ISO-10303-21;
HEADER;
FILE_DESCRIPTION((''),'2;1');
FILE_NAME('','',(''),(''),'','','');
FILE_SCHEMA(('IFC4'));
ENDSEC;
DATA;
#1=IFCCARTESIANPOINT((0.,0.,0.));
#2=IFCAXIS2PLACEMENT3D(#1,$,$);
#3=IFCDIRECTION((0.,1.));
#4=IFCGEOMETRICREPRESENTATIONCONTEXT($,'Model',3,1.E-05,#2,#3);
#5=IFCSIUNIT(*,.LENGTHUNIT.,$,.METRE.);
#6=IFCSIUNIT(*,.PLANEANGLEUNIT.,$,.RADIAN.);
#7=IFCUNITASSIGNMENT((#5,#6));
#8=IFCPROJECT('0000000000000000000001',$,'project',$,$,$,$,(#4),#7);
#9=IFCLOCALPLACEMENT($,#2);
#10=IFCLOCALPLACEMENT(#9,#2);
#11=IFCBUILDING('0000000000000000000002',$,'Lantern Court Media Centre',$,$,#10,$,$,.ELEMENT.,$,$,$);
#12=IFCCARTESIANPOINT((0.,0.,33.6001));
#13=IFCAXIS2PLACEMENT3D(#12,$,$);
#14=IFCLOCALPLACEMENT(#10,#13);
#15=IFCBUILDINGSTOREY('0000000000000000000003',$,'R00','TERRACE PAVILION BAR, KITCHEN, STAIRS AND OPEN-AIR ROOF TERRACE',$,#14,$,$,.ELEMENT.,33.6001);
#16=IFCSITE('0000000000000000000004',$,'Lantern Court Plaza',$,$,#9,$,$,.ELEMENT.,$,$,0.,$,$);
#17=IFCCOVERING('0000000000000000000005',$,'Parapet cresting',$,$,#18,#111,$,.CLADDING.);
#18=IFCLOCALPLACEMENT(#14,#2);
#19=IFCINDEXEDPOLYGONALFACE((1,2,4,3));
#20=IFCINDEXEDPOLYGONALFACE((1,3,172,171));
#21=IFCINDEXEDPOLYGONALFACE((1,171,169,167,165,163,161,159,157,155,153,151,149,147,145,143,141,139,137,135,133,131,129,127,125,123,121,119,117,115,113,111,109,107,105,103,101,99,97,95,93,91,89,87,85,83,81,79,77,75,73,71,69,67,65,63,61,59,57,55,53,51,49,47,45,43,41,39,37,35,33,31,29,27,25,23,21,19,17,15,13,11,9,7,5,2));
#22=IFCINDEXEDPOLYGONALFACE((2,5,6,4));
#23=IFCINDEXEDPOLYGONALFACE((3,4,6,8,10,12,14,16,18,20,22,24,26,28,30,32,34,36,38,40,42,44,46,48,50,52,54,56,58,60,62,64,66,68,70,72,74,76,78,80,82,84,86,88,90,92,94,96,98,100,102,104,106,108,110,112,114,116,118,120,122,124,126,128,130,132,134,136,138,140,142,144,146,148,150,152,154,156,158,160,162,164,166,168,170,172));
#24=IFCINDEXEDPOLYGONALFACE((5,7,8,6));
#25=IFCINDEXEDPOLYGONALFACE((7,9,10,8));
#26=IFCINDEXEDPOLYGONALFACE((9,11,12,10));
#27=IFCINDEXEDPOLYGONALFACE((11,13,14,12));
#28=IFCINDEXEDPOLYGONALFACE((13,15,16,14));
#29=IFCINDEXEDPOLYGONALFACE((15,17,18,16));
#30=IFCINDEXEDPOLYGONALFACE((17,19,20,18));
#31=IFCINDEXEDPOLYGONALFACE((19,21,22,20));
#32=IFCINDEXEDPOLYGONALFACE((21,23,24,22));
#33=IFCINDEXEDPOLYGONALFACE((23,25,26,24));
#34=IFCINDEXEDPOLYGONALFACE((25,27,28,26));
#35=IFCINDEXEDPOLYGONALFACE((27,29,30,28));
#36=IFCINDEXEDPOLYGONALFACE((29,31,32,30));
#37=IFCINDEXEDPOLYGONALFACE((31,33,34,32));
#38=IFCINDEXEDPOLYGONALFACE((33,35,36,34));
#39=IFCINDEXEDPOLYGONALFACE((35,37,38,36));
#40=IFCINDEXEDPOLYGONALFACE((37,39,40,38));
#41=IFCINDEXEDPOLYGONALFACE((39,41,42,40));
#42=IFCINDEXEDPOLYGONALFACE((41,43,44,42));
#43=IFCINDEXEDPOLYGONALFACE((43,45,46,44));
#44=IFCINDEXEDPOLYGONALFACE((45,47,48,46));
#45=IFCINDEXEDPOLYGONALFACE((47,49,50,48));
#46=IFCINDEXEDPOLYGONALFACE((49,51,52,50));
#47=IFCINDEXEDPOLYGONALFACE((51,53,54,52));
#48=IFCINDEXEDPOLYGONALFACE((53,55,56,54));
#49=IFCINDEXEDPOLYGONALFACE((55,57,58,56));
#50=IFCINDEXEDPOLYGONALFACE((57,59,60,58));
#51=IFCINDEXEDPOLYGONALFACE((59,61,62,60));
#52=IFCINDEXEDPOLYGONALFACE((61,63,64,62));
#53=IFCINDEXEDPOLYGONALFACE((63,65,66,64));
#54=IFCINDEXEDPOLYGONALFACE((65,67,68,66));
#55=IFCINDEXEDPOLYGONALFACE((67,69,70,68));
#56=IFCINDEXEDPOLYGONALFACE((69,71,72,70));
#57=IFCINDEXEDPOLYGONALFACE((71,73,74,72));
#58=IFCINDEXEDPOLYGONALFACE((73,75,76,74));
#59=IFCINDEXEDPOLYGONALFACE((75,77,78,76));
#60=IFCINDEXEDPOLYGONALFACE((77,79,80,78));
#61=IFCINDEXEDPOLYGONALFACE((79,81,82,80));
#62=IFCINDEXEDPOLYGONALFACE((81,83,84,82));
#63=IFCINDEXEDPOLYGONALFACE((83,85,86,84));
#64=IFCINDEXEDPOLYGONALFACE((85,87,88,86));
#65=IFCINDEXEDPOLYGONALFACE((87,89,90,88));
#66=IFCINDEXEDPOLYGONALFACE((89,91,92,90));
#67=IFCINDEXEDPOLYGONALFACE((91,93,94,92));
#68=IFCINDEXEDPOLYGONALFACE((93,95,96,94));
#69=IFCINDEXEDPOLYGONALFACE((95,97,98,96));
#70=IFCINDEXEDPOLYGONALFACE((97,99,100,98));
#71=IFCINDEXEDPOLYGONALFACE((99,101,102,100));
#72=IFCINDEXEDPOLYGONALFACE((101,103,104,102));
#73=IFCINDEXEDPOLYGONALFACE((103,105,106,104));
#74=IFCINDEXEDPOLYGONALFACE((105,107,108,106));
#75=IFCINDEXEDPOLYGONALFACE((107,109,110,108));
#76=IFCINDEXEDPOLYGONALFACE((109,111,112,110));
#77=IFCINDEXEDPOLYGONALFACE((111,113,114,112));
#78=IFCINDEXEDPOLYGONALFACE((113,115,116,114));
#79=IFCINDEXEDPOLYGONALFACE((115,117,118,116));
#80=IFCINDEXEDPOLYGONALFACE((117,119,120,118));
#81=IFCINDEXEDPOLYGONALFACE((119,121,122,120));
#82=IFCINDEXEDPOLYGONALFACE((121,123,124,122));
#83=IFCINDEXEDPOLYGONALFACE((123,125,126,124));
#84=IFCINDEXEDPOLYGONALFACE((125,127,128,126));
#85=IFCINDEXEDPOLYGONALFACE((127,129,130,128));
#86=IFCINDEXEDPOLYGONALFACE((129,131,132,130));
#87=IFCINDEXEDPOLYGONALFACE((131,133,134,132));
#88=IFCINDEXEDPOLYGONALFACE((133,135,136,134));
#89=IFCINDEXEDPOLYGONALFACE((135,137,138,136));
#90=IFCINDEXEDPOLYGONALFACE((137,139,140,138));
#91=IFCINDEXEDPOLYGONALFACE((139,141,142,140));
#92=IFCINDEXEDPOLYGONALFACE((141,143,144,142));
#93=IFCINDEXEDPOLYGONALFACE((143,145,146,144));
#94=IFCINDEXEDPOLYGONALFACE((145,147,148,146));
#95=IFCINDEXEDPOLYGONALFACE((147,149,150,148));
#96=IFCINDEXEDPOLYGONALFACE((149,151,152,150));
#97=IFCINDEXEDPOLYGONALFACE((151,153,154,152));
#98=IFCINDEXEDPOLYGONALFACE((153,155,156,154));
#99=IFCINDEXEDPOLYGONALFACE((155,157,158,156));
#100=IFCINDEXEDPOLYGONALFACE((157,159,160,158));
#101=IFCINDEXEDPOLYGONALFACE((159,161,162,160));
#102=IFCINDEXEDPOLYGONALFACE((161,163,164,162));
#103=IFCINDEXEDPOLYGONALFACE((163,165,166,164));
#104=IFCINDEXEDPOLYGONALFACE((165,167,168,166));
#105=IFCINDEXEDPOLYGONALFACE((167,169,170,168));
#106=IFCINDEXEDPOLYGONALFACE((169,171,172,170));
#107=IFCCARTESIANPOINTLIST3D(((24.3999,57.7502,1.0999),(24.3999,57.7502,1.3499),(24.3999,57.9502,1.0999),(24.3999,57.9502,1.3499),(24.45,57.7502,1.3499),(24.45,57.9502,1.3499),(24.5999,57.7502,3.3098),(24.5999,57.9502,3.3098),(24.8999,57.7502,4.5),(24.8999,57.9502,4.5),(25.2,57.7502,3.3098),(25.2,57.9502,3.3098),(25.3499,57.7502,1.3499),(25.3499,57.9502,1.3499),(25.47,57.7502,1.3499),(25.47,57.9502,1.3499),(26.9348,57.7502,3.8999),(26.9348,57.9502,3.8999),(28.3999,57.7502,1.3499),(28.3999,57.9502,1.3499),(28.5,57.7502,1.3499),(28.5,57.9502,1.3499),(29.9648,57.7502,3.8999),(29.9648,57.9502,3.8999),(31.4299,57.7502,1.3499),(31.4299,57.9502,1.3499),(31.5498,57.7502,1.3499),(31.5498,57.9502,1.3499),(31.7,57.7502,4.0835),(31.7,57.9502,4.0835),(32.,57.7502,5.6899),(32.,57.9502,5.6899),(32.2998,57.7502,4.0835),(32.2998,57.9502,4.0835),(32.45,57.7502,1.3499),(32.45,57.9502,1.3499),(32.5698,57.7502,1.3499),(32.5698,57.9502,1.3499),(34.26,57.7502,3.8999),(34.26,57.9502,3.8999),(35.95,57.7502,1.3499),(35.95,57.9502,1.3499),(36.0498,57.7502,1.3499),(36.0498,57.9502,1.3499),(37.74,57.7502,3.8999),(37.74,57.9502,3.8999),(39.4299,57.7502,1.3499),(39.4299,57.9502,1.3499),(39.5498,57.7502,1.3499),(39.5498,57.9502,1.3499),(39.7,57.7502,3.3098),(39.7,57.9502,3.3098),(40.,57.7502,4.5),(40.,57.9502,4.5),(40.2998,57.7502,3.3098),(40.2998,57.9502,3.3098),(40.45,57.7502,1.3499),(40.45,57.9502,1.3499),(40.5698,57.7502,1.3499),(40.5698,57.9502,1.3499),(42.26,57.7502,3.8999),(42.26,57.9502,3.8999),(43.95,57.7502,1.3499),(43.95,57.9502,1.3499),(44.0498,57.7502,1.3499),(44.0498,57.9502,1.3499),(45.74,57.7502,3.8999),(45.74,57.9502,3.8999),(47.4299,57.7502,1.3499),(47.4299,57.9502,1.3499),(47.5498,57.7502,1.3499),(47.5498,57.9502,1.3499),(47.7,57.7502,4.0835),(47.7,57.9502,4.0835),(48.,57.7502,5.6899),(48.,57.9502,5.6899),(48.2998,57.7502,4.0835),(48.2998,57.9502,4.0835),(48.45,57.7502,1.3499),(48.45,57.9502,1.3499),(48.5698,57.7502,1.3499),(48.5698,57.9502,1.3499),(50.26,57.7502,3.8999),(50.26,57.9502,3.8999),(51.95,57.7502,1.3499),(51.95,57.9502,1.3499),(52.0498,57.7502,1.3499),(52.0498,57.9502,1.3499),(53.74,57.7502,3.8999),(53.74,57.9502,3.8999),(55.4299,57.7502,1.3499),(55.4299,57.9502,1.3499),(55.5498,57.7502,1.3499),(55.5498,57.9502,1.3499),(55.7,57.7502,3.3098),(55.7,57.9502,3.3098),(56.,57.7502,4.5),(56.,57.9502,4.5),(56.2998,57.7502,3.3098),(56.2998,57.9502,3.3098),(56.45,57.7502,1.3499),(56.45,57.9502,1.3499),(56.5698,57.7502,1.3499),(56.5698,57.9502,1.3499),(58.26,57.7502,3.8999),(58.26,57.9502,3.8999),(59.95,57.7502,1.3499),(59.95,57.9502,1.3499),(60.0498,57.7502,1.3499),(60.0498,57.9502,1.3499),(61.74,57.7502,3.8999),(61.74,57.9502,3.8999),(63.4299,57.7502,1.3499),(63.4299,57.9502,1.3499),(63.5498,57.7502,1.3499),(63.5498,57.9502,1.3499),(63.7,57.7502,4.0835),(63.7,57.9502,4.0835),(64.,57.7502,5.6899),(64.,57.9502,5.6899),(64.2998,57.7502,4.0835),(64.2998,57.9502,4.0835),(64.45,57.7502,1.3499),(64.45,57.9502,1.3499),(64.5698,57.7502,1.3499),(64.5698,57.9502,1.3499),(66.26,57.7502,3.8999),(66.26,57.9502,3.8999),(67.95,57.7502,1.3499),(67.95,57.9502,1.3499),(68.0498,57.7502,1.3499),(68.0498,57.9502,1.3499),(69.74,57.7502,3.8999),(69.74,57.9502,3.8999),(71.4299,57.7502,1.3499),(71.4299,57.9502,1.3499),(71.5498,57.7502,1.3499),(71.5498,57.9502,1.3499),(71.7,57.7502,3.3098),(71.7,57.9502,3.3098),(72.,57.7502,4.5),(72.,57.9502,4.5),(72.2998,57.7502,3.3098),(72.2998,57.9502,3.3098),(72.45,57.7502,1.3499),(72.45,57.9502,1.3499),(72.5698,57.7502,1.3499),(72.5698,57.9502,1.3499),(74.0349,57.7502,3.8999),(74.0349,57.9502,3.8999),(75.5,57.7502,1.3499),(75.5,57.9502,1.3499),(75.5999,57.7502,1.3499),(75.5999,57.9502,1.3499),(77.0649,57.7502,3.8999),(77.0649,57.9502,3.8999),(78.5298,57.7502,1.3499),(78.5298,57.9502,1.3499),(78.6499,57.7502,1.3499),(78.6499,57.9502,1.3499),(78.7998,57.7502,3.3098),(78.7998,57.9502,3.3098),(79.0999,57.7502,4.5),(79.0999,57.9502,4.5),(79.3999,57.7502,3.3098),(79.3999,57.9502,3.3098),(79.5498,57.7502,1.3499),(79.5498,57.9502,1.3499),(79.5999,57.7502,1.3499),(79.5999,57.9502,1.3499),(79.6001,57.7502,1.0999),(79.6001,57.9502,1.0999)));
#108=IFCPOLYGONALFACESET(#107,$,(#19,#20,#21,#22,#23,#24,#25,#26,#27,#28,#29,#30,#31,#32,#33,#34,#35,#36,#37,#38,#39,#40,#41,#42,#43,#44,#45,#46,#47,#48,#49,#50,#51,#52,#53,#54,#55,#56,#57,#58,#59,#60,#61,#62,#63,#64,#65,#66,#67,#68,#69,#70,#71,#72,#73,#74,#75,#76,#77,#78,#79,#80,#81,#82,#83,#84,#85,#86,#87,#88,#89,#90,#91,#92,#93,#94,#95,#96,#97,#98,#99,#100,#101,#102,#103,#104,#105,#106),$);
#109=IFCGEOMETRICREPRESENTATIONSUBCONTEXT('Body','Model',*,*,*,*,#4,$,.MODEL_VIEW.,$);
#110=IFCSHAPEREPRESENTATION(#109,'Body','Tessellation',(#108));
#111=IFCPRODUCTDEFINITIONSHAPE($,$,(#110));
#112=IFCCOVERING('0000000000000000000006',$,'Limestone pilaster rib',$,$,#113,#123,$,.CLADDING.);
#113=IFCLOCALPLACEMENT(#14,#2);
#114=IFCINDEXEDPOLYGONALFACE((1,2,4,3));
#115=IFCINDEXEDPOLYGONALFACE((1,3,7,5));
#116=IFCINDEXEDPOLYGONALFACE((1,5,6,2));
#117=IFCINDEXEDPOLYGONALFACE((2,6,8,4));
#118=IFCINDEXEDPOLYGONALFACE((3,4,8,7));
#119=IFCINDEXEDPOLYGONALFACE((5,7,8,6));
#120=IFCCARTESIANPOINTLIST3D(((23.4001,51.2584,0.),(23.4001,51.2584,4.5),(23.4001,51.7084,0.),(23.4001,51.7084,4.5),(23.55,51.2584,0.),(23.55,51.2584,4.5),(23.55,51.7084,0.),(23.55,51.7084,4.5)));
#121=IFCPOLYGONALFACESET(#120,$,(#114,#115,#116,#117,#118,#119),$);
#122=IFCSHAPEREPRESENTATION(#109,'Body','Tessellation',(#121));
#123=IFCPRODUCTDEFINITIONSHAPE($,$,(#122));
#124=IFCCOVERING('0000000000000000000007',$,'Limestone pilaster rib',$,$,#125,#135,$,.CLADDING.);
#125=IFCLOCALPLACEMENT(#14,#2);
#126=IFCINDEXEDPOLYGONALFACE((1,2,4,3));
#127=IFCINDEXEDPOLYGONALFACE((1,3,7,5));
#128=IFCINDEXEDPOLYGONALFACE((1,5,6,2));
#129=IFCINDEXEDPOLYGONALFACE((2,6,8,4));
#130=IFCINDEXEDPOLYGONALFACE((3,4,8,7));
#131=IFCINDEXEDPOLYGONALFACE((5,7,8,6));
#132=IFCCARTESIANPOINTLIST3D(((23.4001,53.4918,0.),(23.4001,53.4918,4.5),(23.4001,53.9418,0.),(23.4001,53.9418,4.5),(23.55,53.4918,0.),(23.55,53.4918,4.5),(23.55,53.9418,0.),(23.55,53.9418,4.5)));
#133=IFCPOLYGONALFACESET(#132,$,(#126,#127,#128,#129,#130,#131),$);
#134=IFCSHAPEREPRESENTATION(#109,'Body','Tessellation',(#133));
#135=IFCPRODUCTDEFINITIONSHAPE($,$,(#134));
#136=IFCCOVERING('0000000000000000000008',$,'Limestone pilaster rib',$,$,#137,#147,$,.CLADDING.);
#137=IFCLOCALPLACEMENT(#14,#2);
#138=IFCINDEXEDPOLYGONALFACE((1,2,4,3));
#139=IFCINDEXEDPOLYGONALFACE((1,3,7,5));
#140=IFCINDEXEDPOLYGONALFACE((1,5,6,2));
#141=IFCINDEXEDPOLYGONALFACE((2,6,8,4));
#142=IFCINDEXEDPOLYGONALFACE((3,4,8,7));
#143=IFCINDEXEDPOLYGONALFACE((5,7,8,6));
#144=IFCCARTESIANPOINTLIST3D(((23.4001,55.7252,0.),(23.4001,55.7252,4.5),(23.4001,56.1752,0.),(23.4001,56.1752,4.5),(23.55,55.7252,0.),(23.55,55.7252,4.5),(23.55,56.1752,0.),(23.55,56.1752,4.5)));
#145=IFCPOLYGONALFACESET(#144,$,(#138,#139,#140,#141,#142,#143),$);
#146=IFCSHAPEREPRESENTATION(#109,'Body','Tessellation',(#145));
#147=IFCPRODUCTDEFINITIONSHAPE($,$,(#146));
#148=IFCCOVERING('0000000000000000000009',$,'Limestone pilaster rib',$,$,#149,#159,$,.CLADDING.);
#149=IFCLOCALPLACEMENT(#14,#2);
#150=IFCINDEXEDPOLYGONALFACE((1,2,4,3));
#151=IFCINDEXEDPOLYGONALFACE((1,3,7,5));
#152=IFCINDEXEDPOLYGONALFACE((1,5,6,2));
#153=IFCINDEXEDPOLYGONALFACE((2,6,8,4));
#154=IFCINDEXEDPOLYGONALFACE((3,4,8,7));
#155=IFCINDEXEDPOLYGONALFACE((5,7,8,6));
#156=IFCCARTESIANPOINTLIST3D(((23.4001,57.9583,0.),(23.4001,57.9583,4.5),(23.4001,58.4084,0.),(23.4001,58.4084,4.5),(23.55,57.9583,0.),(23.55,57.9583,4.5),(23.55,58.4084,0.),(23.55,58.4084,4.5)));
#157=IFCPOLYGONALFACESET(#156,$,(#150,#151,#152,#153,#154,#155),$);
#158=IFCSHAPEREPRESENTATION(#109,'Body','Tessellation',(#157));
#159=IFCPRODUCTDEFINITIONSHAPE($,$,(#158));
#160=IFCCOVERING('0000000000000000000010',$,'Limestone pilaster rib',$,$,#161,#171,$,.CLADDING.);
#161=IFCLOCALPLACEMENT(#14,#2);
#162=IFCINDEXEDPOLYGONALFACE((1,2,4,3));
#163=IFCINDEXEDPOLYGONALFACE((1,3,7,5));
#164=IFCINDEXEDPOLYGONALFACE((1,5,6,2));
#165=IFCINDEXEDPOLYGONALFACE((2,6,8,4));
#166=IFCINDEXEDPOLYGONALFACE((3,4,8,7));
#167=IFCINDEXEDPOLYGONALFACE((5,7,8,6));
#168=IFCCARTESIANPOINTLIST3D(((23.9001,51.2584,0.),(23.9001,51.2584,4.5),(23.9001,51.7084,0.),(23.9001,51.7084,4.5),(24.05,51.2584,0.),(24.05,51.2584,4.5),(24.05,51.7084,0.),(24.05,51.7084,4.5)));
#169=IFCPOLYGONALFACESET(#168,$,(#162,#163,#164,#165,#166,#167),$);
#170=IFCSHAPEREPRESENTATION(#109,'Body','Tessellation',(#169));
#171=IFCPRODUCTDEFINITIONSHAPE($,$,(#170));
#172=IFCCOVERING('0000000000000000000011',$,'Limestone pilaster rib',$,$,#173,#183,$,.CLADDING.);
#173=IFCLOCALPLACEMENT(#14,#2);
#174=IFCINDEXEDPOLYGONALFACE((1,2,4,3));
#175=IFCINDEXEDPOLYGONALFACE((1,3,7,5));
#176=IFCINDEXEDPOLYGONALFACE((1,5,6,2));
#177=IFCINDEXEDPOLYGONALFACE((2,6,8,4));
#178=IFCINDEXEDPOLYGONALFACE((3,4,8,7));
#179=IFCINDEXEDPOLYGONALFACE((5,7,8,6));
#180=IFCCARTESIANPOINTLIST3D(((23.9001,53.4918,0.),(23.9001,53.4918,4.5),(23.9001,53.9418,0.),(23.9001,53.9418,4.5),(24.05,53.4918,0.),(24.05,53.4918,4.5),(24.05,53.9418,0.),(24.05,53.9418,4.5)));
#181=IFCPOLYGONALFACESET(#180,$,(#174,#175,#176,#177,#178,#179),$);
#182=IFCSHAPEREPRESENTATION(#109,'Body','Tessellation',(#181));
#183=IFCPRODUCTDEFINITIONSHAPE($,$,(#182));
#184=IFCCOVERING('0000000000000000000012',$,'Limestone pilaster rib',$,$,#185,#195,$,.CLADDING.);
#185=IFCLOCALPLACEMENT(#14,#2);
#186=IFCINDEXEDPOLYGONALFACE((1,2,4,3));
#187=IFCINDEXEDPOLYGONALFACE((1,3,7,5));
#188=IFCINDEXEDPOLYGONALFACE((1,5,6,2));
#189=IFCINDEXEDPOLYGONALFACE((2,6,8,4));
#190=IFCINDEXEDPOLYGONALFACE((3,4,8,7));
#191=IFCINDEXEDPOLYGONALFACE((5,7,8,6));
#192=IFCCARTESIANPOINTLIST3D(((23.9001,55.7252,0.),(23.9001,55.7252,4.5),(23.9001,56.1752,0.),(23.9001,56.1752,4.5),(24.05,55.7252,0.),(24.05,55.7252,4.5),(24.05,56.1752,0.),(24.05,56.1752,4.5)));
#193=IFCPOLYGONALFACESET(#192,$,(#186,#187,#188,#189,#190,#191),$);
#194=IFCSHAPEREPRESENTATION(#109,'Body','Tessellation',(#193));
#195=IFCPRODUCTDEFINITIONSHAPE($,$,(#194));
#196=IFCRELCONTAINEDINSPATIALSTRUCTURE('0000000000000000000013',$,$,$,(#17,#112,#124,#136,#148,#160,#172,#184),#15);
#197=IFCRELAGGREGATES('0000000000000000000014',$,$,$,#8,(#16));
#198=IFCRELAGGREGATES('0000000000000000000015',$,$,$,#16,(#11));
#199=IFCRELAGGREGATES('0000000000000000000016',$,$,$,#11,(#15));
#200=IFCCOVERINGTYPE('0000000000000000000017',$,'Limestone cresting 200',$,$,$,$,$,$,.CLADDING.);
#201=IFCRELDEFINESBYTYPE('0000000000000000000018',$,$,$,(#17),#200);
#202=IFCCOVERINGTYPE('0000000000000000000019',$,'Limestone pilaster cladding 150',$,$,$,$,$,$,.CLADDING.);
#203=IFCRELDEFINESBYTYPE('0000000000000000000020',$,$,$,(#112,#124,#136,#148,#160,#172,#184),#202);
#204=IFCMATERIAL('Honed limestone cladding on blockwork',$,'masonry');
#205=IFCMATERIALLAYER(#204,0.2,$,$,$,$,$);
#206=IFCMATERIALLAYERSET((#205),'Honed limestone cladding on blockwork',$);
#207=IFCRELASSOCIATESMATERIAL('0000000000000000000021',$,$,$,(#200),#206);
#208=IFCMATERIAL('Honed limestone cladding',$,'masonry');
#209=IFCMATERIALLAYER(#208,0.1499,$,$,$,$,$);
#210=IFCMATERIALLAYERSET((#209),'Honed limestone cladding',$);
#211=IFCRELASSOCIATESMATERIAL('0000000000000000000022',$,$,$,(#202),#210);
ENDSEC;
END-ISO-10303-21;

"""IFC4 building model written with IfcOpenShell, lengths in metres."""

from ifc_helpers import new_model, si_unit, direction, frame, frame_2d, origin, place, context, subcontext, project, spatial, polyline, rectangle, outline, extrude, material, layer, layer_set, type_object, element, save


model = new_model("IFC4")

# Units and contexts
model_context = context("Model", 3, precision=1e-05, world=origin(), true_north=direction((0.0, 1.0)))
body_context = subcontext(model_context, "Body", "Model", "MODEL_VIEW")
ifc_project = project(units=[si_unit("LENGTHUNIT", "METRE"), si_unit("PLANEANGLEUNIT", "RADIAN")], contexts=[model_context])

# Site, building, storey
site_placement = place(None, origin())
site = spatial("IfcSite", under=ifc_project, at=site_placement, Name="Lantern Court Plaza", CompositionType="ELEMENT", RefElevation=0.0)
building_placement = place(site_placement, origin())
building = spatial("IfcBuilding", under=site, at=building_placement, Name="Lantern Court Media Centre", CompositionType="ELEMENT")
storey_placement = place(building_placement, frame((0.0, 0.0, 33.6001)))
storey = spatial("IfcBuildingStorey", under=building, at=storey_placement, Name="R00", Description="TERRACE PAVILION BAR, KITCHEN, STAIRS AND OPEN-AIR ROOF TERRACE", CompositionType="ELEMENT", Elevation=33.6001)

# Coverings
ifc_material_1 = material(Name="Honed limestone cladding on blockwork", Category="masonry")
ifc_layer_1 = layer(ifc_material_1, 0.2)
ifc_layer_set_1 = layer_set([ifc_layer_1], Name="Honed limestone cladding on blockwork")
covering_type_1 = type_object("IfcCoveringType", Name="Limestone cresting 200", PredefinedType="CLADDING", material=ifc_layer_set_1)
covering_1_placement = place(storey_placement, frame((24.3999, 57.8501, 1.0999), z_axis=(0.0, 0.0, 1.0), x_axis=(1.0, 0.0, 0.0)))
element("IfcCovering", 1, at=covering_1_placement, inside=storey, type_object=covering_type_1, Name="Parapet cresting", PredefinedType="CLADDING", context=body_context, shape_type="SweptSolid", body=[
    extrude(outline(polyline([(0.0, 0.0), (55.2002, 0.0), (55.2, 0.25), (55.1499, 0.25), (55.0, 2.21), (54.7, 3.4001), (54.3999, 2.21), (54.25, 0.25), (54.1299, 0.25), (52.665, 2.8), (51.2, 0.25), (51.1001, 0.25), (49.635, 2.8), (48.1699, 0.25), (48.05, 0.25), (47.8999, 2.21), (47.6001, 3.4001), (47.3, 2.21), (47.1499, 0.25), (47.03, 0.25), (45.3401, 2.8), (43.6499, 0.25), (43.55, 0.25), (41.8601, 2.8), (40.1699, 0.25), (40.05, 0.25), (39.8999, 2.9836), (39.6001, 4.5901), (39.3, 2.9836), (39.1499, 0.25), (39.03, 0.25), (37.3401, 2.8), (35.6499, 0.25), (35.55, 0.25), (33.8601, 2.8), (32.1699, 0.25), (32.05, 0.25), (31.8999, 2.21), (31.6001, 3.4001), (31.3, 2.21), (31.1499, 0.25), (31.03, 0.25), (29.3401, 2.8), (27.6499, 0.25), (27.55, 0.25), (25.8601, 2.8), (24.1699, 0.25), (24.05, 0.25), (23.8999, 2.9836), (23.6001, 4.5901), (23.3, 2.9836), (23.1499, 0.25), (23.03, 0.25), (21.3401, 2.8), (19.6499, 0.25), (19.55, 0.25), (17.8601, 2.8), (16.1699, 0.25), (16.05, 0.25), (15.8999, 2.21), (15.6001, 3.4001), (15.3, 2.21), (15.1499, 0.25), (15.03, 0.25), (13.3401, 2.8), (11.6499, 0.25), (11.55, 0.25), (9.8601, 2.8), (8.1699, 0.25), (8.05, 0.25), (7.8999, 2.9836), (7.6001, 4.5901), (7.3, 2.9836), (7.1499, 0.25), (7.03, 0.25), (5.5649, 2.8), (4.1001, 0.25), (4.0, 0.25), (2.5349, 2.8), (1.0701, 0.25), (0.95, 0.25), (0.8, 2.21), (0.5, 3.4001), (0.2, 2.21), (0.05, 0.25), (0.0, 0.25), (0.0, 0.0)])), frame((0.0, 0.1001, 0.0), z_axis=(0.0, -1.0, 0.0), x_axis=(1.0, 0.0, 0.0)), (0.0, 0.0, 1.0), 0.2),
])
ifc_material_2 = material(Name="Honed limestone cladding", Category="masonry")
ifc_layer_2 = layer(ifc_material_2, 0.1499)
ifc_layer_set_2 = layer_set([ifc_layer_2], Name="Honed limestone cladding")
covering_type_2 = type_object("IfcCoveringType", Name="Limestone pilaster cladding 150", PredefinedType="CLADDING", material=ifc_layer_set_2)
for number, where, z_axis, x_axis, name in (
    (2, (23.4751, 51.2583, 0.0), (0.0, 0.0, 1.0), (0.0, 1.0, 0.0), "Limestone pilaster rib"),
    (3, (23.4751, 53.4917, 0.0), (0.0, 0.0, 1.0), (0.0, 1.0, 0.0), "Limestone pilaster rib"),
    (4, (23.4751, 55.7251, 0.0), (0.0, 0.0, 1.0), (0.0, 1.0, 0.0), "Limestone pilaster rib"),
):
    element("IfcCovering", number, at=place(storey_placement, frame(where, z_axis=z_axis, x_axis=x_axis)), inside=storey, type_object=covering_type_2, Name=name, PredefinedType="CLADDING", context=body_context, shape_type="SweptSolid", body=[
        extrude(rectangle(XDim=0.45, YDim=0.1499, at=frame_2d((0.2251, 0.0))), origin(), (0.0, 0.0, 1.0), 4.5),
    ])
covering_2_placement = place(storey_placement, frame((23.4751, 57.9583, 0.0), z_axis=(0.0, 0.0, 1.0), x_axis=(0.0, 1.0, 0.0)))
element("IfcCovering", 5, at=covering_2_placement, inside=storey, type_object=covering_type_2, Name="Limestone pilaster rib", PredefinedType="CLADDING", context=body_context, shape_type="SweptSolid", body=[
    extrude(rectangle(XDim=0.4502, YDim=0.1499, at=frame_2d((0.2251, 0.0))), origin(), (0.0, 0.0, 1.0), 4.5),
])
for number, where, z_axis, x_axis, name in (
    (6, (23.9751, 51.2583, 0.0), (0.0, 0.0, 1.0), (0.0, 1.0, 0.0), "Limestone pilaster rib"),
    (7, (23.9751, 53.4917, 0.0), (0.0, 0.0, 1.0), (0.0, 1.0, 0.0), "Limestone pilaster rib"),
    (8, (23.9751, 55.7251, 0.0), (0.0, 0.0, 1.0), (0.0, 1.0, 0.0), "Limestone pilaster rib"),
):
    element("IfcCovering", number, at=place(storey_placement, frame(where, z_axis=z_axis, x_axis=x_axis)), inside=storey, type_object=covering_type_2, Name=name, PredefinedType="CLADDING", context=body_context, shape_type="SweptSolid", body=[
        extrude(rectangle(XDim=0.45, YDim=0.1499, at=frame_2d((0.2251, 0.0))), origin(), (0.0, 0.0, 1.0), 4.5),
    ])

save(model, "model.ifc")
